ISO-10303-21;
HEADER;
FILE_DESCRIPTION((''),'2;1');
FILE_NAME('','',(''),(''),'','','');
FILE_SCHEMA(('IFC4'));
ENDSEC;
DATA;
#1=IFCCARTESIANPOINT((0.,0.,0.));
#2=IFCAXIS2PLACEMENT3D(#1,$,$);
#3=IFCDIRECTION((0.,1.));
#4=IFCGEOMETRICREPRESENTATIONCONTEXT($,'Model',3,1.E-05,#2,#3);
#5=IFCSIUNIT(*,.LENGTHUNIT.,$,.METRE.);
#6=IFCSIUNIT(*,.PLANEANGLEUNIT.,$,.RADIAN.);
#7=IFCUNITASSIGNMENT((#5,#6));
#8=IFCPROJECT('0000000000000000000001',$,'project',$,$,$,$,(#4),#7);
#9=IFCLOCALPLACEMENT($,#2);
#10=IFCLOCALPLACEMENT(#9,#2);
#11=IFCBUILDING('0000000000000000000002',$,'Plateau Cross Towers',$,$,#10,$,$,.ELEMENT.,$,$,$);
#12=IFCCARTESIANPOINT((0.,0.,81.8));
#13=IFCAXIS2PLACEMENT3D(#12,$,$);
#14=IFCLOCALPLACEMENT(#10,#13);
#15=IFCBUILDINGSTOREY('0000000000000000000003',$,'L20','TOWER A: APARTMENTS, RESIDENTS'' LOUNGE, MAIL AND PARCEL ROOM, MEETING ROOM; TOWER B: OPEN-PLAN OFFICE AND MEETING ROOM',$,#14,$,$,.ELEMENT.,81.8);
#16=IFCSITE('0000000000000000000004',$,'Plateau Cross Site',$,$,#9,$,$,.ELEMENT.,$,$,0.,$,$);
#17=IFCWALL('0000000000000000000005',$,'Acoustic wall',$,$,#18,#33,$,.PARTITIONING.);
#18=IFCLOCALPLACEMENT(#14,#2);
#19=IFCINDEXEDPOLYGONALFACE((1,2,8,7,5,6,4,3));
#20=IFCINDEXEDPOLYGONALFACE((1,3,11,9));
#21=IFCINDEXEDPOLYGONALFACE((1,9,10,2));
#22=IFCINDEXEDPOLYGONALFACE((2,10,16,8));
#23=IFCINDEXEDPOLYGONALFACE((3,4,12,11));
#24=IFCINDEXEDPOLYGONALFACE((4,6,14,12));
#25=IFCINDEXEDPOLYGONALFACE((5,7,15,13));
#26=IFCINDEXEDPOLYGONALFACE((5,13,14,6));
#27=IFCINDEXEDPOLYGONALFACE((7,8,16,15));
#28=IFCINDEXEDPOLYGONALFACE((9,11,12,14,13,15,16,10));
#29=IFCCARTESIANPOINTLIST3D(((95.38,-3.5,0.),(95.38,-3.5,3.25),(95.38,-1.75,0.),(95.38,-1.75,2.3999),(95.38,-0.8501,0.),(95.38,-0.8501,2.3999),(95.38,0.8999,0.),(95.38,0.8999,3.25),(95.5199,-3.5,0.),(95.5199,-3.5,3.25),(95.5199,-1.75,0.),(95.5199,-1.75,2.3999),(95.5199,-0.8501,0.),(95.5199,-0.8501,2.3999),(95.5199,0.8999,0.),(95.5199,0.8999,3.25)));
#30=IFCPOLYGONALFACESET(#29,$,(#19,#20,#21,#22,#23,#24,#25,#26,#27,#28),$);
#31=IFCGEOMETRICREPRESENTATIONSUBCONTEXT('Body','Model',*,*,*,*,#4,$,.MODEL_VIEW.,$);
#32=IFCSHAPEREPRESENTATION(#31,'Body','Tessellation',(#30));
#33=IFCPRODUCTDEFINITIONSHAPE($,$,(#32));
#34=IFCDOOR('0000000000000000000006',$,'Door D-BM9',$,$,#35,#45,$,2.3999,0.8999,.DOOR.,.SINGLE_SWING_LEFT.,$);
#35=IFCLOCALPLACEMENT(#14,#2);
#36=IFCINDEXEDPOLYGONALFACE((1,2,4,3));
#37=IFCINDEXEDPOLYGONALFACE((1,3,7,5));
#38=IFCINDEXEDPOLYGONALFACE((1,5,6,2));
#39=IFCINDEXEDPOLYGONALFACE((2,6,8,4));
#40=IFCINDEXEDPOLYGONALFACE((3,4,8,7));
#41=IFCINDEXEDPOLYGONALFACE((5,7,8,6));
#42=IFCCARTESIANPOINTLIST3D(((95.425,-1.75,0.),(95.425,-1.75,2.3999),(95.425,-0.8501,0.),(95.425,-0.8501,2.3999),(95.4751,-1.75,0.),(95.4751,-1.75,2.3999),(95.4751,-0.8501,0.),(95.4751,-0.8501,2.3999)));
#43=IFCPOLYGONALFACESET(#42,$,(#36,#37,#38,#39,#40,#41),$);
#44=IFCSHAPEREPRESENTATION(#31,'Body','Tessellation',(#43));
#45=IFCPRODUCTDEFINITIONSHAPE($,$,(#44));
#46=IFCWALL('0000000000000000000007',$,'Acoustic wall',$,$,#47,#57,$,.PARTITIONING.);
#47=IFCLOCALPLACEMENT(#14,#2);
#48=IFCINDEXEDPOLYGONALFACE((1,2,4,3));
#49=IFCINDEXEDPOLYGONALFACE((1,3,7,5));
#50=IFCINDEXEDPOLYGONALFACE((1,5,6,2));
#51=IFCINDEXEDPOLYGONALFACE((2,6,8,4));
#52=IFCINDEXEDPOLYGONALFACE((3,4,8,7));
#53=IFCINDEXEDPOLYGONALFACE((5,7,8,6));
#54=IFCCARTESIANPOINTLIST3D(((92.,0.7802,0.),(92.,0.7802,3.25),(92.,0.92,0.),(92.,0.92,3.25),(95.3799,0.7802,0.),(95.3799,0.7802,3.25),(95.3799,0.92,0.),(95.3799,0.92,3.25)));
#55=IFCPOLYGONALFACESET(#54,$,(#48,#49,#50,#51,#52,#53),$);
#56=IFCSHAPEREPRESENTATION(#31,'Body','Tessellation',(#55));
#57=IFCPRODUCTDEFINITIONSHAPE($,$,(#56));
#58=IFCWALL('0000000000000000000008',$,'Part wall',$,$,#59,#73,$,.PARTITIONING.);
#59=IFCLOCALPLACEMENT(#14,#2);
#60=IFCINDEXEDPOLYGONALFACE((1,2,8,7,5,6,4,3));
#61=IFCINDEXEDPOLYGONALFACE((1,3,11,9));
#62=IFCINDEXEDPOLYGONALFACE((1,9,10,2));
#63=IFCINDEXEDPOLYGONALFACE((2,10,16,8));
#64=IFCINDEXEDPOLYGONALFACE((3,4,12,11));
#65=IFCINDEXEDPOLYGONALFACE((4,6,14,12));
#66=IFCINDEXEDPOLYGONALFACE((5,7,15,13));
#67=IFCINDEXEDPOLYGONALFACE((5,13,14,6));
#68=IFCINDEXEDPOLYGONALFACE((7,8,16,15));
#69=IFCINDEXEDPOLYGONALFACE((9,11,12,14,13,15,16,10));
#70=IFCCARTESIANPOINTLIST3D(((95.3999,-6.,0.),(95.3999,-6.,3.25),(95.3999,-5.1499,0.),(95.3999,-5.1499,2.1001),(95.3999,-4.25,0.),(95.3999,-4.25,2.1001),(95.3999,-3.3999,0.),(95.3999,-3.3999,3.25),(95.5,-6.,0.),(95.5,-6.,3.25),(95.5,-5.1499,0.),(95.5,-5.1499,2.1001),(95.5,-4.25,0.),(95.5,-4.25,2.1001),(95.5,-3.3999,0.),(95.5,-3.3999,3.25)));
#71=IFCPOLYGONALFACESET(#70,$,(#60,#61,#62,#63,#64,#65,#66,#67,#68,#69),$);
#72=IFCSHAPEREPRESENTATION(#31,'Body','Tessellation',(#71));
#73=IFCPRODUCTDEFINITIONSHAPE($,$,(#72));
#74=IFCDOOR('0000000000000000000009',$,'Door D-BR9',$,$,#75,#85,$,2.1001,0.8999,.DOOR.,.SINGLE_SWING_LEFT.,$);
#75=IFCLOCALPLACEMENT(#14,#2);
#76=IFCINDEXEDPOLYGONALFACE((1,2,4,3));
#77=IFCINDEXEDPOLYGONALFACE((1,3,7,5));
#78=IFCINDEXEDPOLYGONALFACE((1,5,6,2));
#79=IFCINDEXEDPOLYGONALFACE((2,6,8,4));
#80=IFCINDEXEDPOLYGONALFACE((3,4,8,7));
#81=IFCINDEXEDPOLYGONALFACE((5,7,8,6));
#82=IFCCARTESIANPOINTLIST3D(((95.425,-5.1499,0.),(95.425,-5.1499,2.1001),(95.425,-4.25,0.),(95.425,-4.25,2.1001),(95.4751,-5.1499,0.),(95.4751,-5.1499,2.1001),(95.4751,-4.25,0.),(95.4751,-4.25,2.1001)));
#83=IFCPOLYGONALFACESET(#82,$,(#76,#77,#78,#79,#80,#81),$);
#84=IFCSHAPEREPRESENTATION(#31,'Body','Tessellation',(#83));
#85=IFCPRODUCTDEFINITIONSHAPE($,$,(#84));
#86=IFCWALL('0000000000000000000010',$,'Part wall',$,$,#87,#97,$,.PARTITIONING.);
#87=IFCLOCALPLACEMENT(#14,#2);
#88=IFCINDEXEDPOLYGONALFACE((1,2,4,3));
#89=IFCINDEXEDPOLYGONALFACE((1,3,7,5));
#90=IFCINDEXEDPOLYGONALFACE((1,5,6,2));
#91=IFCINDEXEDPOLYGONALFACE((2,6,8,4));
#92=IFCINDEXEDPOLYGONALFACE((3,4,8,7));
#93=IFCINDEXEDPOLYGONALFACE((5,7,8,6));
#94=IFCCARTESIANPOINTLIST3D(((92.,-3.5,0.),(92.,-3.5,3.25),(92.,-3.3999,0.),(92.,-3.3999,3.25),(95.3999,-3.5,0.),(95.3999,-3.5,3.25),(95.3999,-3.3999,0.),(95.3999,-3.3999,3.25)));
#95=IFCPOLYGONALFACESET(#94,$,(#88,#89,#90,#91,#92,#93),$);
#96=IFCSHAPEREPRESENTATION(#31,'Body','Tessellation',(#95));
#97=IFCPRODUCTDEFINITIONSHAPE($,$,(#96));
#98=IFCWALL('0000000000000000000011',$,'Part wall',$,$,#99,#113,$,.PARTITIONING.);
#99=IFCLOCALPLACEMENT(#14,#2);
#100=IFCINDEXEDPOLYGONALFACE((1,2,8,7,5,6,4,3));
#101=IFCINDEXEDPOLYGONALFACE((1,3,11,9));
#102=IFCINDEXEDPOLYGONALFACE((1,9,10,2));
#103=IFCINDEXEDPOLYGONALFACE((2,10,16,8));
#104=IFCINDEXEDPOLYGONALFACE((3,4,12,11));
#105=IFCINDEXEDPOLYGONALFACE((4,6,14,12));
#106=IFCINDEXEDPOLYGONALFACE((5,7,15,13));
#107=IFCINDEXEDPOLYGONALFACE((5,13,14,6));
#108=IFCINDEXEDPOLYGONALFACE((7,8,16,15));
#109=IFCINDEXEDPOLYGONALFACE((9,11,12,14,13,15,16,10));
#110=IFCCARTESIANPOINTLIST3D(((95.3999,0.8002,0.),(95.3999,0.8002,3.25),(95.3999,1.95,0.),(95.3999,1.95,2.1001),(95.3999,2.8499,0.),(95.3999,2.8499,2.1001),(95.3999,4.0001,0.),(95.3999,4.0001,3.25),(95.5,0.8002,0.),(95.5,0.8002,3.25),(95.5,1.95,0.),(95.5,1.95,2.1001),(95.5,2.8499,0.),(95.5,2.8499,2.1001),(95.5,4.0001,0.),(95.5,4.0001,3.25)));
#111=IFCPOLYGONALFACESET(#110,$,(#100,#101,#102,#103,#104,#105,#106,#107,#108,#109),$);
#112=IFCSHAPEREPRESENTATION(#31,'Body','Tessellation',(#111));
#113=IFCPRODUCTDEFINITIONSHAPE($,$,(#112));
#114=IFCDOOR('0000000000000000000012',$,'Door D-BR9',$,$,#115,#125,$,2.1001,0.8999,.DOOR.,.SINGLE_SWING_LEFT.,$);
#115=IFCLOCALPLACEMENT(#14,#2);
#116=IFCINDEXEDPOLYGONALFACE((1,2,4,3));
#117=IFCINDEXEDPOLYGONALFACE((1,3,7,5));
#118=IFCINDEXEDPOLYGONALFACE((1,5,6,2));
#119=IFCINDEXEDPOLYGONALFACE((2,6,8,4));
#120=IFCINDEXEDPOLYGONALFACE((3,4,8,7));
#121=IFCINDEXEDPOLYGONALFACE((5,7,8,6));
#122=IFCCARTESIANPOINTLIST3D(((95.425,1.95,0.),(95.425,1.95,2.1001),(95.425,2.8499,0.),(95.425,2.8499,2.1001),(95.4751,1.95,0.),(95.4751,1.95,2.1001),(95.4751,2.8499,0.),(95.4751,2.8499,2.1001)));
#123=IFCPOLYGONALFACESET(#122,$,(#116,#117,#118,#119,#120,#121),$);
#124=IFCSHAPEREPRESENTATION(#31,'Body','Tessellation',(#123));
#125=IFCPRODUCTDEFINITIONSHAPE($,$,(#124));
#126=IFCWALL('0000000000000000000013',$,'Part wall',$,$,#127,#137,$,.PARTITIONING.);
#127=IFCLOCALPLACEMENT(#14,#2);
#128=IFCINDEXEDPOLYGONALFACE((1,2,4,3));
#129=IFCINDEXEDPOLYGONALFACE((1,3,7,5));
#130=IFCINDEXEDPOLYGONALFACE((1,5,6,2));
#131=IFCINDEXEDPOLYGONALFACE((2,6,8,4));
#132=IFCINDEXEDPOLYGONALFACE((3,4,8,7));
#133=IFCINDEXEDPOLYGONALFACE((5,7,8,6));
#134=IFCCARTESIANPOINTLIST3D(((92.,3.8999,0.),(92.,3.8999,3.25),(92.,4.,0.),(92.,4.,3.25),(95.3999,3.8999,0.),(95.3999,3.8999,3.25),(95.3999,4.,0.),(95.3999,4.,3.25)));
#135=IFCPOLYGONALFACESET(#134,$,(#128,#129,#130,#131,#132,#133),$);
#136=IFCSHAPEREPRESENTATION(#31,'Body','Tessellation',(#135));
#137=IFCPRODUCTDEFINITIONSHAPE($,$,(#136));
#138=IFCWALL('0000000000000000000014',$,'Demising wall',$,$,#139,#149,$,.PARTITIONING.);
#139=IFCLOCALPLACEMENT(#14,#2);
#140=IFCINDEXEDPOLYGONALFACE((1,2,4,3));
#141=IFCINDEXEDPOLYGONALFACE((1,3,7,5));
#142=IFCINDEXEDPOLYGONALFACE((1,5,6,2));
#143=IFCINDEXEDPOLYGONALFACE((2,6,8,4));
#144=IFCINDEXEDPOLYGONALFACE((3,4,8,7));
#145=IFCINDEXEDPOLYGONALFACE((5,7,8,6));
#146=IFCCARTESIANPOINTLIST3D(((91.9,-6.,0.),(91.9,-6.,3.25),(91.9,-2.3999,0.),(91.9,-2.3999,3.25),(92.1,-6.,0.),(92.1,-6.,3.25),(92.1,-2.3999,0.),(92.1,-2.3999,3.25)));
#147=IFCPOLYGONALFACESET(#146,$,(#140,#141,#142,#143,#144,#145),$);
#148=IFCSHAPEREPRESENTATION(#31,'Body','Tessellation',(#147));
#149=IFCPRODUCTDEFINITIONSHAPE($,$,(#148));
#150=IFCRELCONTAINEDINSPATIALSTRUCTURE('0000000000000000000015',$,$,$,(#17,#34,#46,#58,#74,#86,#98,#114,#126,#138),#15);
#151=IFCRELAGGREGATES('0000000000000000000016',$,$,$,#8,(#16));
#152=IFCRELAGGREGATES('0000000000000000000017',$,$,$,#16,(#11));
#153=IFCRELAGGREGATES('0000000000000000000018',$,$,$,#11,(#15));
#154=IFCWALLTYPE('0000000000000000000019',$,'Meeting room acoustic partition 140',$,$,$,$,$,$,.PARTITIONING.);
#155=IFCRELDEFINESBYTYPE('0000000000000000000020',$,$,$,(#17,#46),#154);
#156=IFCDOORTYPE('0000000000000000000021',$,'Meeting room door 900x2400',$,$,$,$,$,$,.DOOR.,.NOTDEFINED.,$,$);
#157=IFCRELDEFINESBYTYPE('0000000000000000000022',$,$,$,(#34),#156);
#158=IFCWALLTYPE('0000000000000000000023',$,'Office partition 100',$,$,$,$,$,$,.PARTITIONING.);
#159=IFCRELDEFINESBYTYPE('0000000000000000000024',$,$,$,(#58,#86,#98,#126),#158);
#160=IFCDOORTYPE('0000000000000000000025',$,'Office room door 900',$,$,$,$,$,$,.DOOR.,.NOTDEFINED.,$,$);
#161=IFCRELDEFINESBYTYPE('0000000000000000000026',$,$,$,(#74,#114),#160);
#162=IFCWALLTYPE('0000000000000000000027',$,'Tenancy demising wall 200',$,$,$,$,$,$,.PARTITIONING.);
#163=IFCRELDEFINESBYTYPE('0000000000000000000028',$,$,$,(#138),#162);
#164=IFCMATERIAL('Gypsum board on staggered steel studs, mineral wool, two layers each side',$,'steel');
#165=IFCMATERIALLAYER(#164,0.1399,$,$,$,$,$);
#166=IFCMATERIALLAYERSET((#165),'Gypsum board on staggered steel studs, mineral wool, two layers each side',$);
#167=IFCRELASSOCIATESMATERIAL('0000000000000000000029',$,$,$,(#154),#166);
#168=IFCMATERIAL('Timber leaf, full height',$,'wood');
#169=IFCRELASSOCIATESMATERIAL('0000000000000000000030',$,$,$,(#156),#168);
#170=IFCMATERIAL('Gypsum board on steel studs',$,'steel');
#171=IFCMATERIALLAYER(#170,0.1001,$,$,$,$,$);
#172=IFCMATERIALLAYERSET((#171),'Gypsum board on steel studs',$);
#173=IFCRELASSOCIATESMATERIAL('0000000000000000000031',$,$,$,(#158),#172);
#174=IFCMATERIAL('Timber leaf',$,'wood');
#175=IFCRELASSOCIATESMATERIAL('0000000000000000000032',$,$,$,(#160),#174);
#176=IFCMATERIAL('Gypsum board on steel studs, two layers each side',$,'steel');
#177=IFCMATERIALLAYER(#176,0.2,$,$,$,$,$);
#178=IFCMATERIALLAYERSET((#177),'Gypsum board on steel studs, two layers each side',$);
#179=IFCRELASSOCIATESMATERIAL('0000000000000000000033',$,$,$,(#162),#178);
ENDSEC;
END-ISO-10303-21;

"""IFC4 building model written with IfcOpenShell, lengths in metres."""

from ifc_helpers import new_model, si_unit, direction, frame, frame_2d, origin, place, context, subcontext, project, spatial, rectangle, extrude, material, layer, layer_set, type_object, element, fill, save


model = new_model("IFC4")

# Units and contexts
model_context = context("Model", 3, precision=1e-05, world=origin(), true_north=direction((0.0, 1.0)))
body_context = subcontext(model_context, "Body", "Model", "MODEL_VIEW")
ifc_project = project(units=[si_unit("LENGTHUNIT", "METRE"), si_unit("PLANEANGLEUNIT", "RADIAN")], contexts=[model_context])

# Site, building, storey
site_placement = place(None, origin())
site = spatial("IfcSite", under=ifc_project, at=site_placement, Name="Plateau Cross Site", CompositionType="ELEMENT", RefElevation=0.0)
building_placement = place(site_placement, origin())
building = spatial("IfcBuilding", under=site, at=building_placement, Name="Plateau Cross Towers", CompositionType="ELEMENT")
storey_placement = place(building_placement, frame((0.0, 0.0, 81.8)))
storey = spatial("IfcBuildingStorey", under=building, at=storey_placement, Name="L20", Description="TOWER A: APARTMENTS, RESIDENTS' LOUNGE, MAIL AND PARCEL ROOM, MEETING ROOM; TOWER B: OPEN-PLAN OFFICE AND MEETING ROOM", CompositionType="ELEMENT", Elevation=81.8)

# Wall, opening, door
ifc_material_1 = material(Name="Gypsum board on steel studs, two layers each side", Category="steel")
ifc_material_2 = material(Name="Gypsum board on staggered steel studs, mineral wool, two layers each side", Category="steel")
ifc_layer_1 = layer(ifc_material_2, 0.1399)
ifc_layer_set_1 = layer_set([ifc_layer_1], Name="Gypsum board on staggered steel studs, mineral wool, two layers each side")
wall_type_1 = type_object("IfcWallType", Name="Meeting room acoustic partition 140", PredefinedType="PARTITIONING", material=ifc_layer_set_1)
wall_1_placement = place(storey_placement, frame((95.45, -3.5, 0.0), z_axis=(0.0, 0.0, 1.0), x_axis=(0.0, 1.0, 0.0)))
wall_1 = element("IfcWall", 1, at=wall_1_placement, inside=storey, type_object=wall_type_1, Name="Acoustic wall", PredefinedType="PARTITIONING", context=body_context, shape_type="SweptSolid", body=[
    extrude(rectangle(XDim=4.3999, YDim=0.1399, at=frame_2d((2.2, 0.0))), origin(), (0.0, 0.0, 1.0), 3.25),
])
opening_1_placement = place(wall_1_placement, frame((1.75, 0.0, 0.0)))
opening_1 = element("IfcOpeningElement", 2, at=opening_1_placement, cuts=wall_1, PredefinedType="OPENING", context=body_context, shape_type="SweptSolid", body=[
    extrude(rectangle(XDim=0.8999, YDim=2.3999, at=frame_2d((0.45, 1.2))), frame((0.0, 0.0798, 0.0), z_axis=(0.0, -1.0, 0.0), x_axis=(1.0, 0.0, 0.0)), (0.0, 0.0, 1.0), 0.1599),
])
ifc_material_3 = material(Name="Timber leaf, full height", Category="wood")
door_type_1 = type_object("IfcDoorType", Name="Meeting room door 900x2400", OperationType="NOTDEFINED", PredefinedType="DOOR", material=ifc_material_3)
door_1_placement = place(opening_1_placement, origin())
door_1 = element("IfcDoor", 3, at=door_1_placement, inside=storey, type_object=door_type_1, Name="Door D-BM9", OperationType="SINGLE_SWING_LEFT", OverallHeight=2.3999, OverallWidth=0.8999, PredefinedType="DOOR", context=body_context, shape_type="SweptSolid", body=[
    extrude(rectangle(XDim=0.8999, YDim=2.3999, at=frame_2d((0.45, 1.2))), frame((0.0, 0.0249, 0.0), z_axis=(0.0, -1.0, 0.0), x_axis=(1.0, 0.0, 0.0)), (0.0, 0.0, 1.0), 0.05),
])
fill(opening_1, door_1)

# Wall
wall_2_placement = place(storey_placement, frame((92.0, 0.8501, 0.0), z_axis=(0.0, 0.0, 1.0), x_axis=(1.0, 0.0, 0.0)))
element("IfcWall", 4, at=wall_2_placement, inside=storey, type_object=wall_type_1, Name="Acoustic wall", PredefinedType="PARTITIONING", context=body_context, shape_type="SweptSolid", body=[
    extrude(rectangle(XDim=3.3799, YDim=0.1399, at=frame_2d((1.6899, 0.0))), origin(), (0.0, 0.0, 1.0), 3.25),
])

# Wall, opening, door
ifc_material_4 = material(Name="Gypsum board on steel studs", Category="steel")
ifc_layer_2 = layer(ifc_material_4, 0.1001)
ifc_layer_set_2 = layer_set([ifc_layer_2], Name="Gypsum board on steel studs")
wall_type_2 = type_object("IfcWallType", Name="Office partition 100", PredefinedType="PARTITIONING", material=ifc_layer_set_2)
wall_3_placement = place(storey_placement, frame((95.45, -6.0, 0.0), z_axis=(0.0, 0.0, 1.0), x_axis=(0.0, 1.0, 0.0)))
wall_3 = element("IfcWall", 5, at=wall_3_placement, inside=storey, type_object=wall_type_2, Name="Part wall", PredefinedType="PARTITIONING", context=body_context, shape_type="SweptSolid", body=[
    extrude(rectangle(XDim=2.6001, YDim=0.1001, at=frame_2d((1.3, 0.0))), origin(), (0.0, 0.0, 1.0), 3.25),
])
opening_2_placement = place(wall_3_placement, frame((0.8501, 0.0, 0.0)))
opening_2 = element("IfcOpeningElement", 6, at=opening_2_placement, cuts=wall_3, PredefinedType="OPENING", context=body_context, shape_type="SweptSolid", body=[
    extrude(rectangle(XDim=0.8999, YDim=2.1001, at=frame_2d((0.45, 1.05))), frame((0.0, 0.0601, 0.0), z_axis=(0.0, -1.0, 0.0), x_axis=(1.0, 0.0, 0.0)), (0.0, 0.0, 1.0), 0.1201),
])
ifc_material_5 = material(Name="Timber leaf", Category="wood")
door_type_2 = type_object("IfcDoorType", Name="Office room door 900", OperationType="NOTDEFINED", PredefinedType="DOOR", material=ifc_material_5)
door_2_placement = place(opening_2_placement, origin())
door_2 = element("IfcDoor", 7, at=door_2_placement, inside=storey, type_object=door_type_2, Name="Door D-BR9", OperationType="SINGLE_SWING_LEFT", OverallHeight=2.1001, OverallWidth=0.8999, PredefinedType="DOOR", context=body_context, shape_type="SweptSolid", body=[
    extrude(rectangle(XDim=0.8999, YDim=2.1001, at=frame_2d((0.45, 1.05))), frame((0.0, 0.0249, 0.0), z_axis=(0.0, -1.0, 0.0), x_axis=(1.0, 0.0, 0.0)), (0.0, 0.0, 1.0), 0.05),
])
fill(opening_2, door_2)

# Wall
wall_4_placement = place(storey_placement, frame((92.0, -3.45, 0.0), z_axis=(0.0, 0.0, 1.0), x_axis=(1.0, 0.0, 0.0)))
element("IfcWall", 8, at=wall_4_placement, inside=storey, type_object=wall_type_2, Name="Part wall", PredefinedType="PARTITIONING", context=body_context, shape_type="SweptSolid", body=[
    extrude(rectangle(XDim=3.3999, YDim=0.1001, at=frame_2d((1.7, 0.0))), origin(), (0.0, 0.0, 1.0), 3.25),
])

# Wall, opening, door
wall_5_placement = place(storey_placement, frame((95.45, 0.8, 0.0), z_axis=(0.0, 0.0, 1.0), x_axis=(0.0, 1.0, 0.0)))
wall_5 = element("IfcWall", 9, at=wall_5_placement, inside=storey, type_object=wall_type_2, Name="Part wall", PredefinedType="PARTITIONING", context=body_context, shape_type="SweptSolid", body=[
    extrude(rectangle(XDim=3.2, YDim=0.1001, at=frame_2d((1.6001, 0.0))), origin(), (0.0, 0.0, 1.0), 3.25),
])
opening_3_placement = place(wall_5_placement, frame((1.1499, 0.0, 0.0)))
opening_3 = element("IfcOpeningElement", 10, at=opening_3_placement, cuts=wall_5, PredefinedType="OPENING", context=body_context, shape_type="SweptSolid", body=[
    extrude(rectangle(XDim=0.8999, YDim=2.1001, at=frame_2d((0.45, 1.05))), frame((0.0, 0.0601, 0.0), z_axis=(0.0, -1.0, 0.0), x_axis=(1.0, 0.0, 0.0)), (0.0, 0.0, 1.0), 0.1201),
])
door_3_placement = place(opening_3_placement, origin())
door_3 = element("IfcDoor", 11, at=door_3_placement, inside=storey, type_object=door_type_2, Name="Door D-BR9", OperationType="SINGLE_SWING_LEFT", OverallHeight=2.1001, OverallWidth=0.8999, PredefinedType="DOOR", context=body_context, shape_type="SweptSolid", body=[
    extrude(rectangle(XDim=0.8999, YDim=2.1001, at=frame_2d((0.45, 1.05))), frame((0.0, 0.0249, 0.0), z_axis=(0.0, -1.0, 0.0), x_axis=(1.0, 0.0, 0.0)), (0.0, 0.0, 1.0), 0.05),
])
fill(opening_3, door_3)

# Walls
wall_6_placement = place(storey_placement, frame((92.0, 3.95, 0.0), z_axis=(0.0, 0.0, 1.0), x_axis=(1.0, 0.0, 0.0)))
element("IfcWall", 12, at=wall_6_placement, inside=storey, type_object=wall_type_2, Name="Part wall", PredefinedType="PARTITIONING", context=body_context, shape_type="SweptSolid", body=[
    extrude(rectangle(XDim=3.3999, YDim=0.1001, at=frame_2d((1.7, 0.0))), origin(), (0.0, 0.0, 1.0), 3.25),
])
ifc_layer_3 = layer(ifc_material_1, 0.2)
ifc_layer_set_3 = layer_set([ifc_layer_3], Name="Gypsum board on steel studs, two layers each side")
wall_type_3 = type_object("IfcWallType", Name="Tenancy demising wall 200", PredefinedType="PARTITIONING", material=ifc_layer_set_3)
wall_7_placement = place(storey_placement, frame((92.0, -6.0, 0.0), z_axis=(0.0, 0.0, 1.0), x_axis=(0.0, 1.0, 0.0)))
element("IfcWall", 13, at=wall_7_placement, inside=storey, type_object=wall_type_3, Name="Demising wall", PredefinedType="PARTITIONING", context=body_context, shape_type="SweptSolid", body=[
    extrude(rectangle(XDim=3.6001, YDim=0.2, at=frame_2d((1.8, 0.0))), origin(), (0.0, 0.0, 1.0), 3.25),
])

save(model, "model.ifc")
